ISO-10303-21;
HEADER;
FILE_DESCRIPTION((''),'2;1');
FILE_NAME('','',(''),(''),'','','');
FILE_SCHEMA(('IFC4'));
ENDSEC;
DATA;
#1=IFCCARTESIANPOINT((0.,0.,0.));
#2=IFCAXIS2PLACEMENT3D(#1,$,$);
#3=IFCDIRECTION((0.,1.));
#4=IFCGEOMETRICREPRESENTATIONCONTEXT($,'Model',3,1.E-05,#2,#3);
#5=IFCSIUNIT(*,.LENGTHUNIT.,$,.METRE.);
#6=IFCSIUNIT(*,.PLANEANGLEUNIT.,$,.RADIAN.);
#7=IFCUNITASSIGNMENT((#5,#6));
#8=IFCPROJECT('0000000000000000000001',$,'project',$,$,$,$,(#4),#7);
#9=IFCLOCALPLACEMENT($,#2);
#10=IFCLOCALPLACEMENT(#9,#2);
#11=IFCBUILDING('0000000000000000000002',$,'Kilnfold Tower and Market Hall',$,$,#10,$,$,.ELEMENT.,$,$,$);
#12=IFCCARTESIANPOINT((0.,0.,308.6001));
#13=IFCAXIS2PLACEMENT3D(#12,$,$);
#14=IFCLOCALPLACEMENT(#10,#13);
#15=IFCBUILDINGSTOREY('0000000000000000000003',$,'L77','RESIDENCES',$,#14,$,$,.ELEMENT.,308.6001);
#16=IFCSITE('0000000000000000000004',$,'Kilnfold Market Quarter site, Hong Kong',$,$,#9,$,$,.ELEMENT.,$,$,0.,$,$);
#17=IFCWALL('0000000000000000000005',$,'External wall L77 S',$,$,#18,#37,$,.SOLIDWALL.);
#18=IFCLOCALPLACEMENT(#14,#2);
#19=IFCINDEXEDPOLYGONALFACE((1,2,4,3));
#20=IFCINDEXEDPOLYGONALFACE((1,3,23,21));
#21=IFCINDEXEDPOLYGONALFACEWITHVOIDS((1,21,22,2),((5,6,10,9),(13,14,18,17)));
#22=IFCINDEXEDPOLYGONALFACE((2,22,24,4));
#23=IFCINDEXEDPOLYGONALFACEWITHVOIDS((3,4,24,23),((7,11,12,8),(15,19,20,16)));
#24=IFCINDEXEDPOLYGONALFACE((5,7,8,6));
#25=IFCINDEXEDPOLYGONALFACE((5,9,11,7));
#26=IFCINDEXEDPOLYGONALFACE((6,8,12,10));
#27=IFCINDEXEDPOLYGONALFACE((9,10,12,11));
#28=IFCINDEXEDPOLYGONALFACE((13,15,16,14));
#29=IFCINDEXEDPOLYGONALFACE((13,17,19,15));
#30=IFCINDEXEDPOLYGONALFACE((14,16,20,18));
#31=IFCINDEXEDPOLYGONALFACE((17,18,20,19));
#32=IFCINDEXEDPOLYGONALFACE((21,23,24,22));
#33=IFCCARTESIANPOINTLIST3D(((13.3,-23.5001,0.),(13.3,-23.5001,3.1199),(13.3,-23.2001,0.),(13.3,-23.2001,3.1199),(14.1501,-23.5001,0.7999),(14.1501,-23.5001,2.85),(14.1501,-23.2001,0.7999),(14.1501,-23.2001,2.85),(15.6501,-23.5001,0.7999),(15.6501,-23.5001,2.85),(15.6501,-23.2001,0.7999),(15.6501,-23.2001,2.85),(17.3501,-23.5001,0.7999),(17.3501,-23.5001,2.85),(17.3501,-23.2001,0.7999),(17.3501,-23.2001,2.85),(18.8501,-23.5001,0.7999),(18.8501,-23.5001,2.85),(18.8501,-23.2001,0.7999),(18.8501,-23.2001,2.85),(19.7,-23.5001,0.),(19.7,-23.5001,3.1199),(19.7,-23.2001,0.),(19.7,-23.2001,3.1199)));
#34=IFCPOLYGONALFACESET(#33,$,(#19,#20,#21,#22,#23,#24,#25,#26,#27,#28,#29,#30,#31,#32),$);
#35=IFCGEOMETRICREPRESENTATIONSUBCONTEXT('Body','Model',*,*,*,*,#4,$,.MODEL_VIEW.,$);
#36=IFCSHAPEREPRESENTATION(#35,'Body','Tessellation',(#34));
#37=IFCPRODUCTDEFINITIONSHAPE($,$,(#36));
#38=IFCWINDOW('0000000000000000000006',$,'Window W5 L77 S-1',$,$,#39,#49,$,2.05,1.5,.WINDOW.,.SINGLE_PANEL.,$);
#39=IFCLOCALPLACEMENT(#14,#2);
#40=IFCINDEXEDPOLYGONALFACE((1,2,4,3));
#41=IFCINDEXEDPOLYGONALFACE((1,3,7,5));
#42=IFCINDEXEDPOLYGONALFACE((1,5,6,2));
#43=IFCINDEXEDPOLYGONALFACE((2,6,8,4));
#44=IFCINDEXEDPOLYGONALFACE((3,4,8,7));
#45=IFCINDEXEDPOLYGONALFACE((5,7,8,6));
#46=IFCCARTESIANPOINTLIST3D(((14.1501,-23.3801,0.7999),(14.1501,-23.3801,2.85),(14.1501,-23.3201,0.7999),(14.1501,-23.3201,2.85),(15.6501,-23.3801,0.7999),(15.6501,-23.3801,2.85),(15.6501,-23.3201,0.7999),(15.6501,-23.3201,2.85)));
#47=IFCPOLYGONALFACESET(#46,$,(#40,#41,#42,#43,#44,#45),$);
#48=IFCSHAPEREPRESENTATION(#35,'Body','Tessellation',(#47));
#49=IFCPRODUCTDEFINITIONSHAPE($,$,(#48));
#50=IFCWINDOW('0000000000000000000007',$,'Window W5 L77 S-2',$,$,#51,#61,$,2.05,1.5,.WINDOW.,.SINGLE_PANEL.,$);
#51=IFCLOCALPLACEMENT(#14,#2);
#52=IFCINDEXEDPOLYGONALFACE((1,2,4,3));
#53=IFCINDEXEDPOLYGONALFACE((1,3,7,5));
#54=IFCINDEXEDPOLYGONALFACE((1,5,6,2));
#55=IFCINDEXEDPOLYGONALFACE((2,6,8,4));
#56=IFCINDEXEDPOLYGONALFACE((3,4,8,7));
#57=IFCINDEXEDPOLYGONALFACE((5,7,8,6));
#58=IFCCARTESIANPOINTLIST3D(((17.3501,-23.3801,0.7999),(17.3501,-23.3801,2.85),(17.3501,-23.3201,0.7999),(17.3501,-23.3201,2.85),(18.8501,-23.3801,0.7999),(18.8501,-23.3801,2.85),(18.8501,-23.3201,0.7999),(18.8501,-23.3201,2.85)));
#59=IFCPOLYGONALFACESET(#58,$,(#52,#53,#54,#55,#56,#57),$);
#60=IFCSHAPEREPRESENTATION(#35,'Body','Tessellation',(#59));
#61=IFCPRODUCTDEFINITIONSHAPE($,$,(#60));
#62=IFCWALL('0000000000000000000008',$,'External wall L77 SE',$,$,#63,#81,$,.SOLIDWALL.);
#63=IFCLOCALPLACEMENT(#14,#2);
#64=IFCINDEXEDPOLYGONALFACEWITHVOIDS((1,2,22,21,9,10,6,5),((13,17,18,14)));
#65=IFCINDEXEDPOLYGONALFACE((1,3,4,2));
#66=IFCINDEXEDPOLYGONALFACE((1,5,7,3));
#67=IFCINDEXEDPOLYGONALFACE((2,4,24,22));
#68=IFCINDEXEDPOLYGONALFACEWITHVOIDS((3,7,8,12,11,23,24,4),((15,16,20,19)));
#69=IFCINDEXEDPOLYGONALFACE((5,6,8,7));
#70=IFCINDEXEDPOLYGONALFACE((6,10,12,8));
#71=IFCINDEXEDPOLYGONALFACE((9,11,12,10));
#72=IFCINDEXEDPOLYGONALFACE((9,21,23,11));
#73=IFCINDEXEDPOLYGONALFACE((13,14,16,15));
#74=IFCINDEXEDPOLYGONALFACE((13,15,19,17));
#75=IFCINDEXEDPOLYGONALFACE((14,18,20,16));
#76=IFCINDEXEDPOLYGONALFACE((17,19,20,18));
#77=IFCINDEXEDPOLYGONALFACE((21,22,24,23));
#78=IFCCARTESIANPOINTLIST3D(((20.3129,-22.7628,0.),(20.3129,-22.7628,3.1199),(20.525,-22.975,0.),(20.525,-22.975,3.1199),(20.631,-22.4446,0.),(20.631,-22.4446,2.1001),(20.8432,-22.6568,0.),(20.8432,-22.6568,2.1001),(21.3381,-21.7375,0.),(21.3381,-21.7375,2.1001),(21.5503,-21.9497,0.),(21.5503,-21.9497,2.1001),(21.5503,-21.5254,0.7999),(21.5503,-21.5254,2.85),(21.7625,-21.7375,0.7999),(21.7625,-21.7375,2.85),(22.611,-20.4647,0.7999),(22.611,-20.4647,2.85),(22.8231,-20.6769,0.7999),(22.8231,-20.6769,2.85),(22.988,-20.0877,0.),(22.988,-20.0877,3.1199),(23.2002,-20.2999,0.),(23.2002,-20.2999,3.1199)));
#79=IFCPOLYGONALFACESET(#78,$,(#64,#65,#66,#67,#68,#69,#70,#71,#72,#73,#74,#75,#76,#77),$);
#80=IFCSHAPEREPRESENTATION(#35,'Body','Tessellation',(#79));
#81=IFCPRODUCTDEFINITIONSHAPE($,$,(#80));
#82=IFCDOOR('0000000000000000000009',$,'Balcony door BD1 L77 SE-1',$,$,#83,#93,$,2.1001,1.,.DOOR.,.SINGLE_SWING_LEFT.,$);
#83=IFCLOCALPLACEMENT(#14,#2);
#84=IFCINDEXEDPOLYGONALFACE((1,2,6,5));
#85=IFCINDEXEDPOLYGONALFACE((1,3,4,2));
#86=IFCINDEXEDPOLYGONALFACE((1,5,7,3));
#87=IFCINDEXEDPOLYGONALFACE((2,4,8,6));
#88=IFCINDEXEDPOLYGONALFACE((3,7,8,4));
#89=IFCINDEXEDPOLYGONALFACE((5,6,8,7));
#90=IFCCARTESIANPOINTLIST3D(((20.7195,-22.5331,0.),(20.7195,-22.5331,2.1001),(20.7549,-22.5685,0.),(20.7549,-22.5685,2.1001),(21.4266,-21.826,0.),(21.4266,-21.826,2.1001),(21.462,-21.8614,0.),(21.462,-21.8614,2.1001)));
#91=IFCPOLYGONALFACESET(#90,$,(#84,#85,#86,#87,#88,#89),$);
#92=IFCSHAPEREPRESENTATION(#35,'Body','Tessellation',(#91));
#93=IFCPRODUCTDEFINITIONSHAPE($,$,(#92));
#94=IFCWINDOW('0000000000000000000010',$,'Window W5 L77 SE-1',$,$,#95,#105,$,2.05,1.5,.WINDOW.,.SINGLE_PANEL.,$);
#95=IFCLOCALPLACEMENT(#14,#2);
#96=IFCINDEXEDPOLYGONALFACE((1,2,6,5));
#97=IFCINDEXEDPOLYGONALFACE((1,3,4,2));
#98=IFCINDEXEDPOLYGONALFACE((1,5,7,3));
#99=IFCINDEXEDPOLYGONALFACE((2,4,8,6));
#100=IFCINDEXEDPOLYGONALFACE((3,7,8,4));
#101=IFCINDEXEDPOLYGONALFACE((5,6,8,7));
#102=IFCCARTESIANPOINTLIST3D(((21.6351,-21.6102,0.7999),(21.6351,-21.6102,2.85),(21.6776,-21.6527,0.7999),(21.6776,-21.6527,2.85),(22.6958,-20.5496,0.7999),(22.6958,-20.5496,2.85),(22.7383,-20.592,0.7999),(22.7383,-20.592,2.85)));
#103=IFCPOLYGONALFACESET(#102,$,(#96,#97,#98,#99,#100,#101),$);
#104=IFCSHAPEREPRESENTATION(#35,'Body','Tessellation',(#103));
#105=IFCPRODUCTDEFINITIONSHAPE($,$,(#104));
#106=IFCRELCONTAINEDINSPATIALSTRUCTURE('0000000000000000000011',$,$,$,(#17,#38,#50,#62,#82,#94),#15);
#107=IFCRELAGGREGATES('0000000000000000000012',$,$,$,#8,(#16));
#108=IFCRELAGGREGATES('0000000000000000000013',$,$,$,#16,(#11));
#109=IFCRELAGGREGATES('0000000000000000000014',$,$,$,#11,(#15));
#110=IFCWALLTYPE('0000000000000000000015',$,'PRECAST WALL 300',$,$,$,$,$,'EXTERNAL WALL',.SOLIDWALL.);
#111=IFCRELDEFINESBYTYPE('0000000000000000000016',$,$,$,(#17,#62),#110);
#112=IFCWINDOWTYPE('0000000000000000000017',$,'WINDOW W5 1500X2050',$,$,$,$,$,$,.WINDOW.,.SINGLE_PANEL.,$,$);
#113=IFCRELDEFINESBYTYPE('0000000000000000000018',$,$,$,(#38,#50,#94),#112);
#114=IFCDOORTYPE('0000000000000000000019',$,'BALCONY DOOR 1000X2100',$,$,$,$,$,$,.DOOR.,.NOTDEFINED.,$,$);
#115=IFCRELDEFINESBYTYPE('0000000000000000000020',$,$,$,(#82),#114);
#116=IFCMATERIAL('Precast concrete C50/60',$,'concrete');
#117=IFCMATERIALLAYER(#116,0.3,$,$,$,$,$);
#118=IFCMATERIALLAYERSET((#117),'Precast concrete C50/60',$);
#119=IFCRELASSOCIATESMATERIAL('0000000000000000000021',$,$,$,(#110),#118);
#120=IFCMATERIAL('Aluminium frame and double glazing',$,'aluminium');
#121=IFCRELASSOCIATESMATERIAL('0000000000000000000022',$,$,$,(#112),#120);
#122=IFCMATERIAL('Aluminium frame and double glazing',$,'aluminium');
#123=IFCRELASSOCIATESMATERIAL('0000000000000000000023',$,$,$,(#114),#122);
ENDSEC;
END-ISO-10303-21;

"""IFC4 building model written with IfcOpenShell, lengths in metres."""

from ifc_helpers import new_model, si_unit, direction, frame, frame_2d, origin, place, context, subcontext, project, spatial, rectangle, extrude, source, transform, mapped, material, layer, layer_set, type_object, element, fill, save


model = new_model("IFC4")

# Units and contexts
model_context = context("Model", 3, precision=1e-05, world=origin(), true_north=direction((0.0, 1.0)))
body_context = subcontext(model_context, "Body", "Model", "MODEL_VIEW")
ifc_project = project(units=[si_unit("LENGTHUNIT", "METRE"), si_unit("PLANEANGLEUNIT", "RADIAN")], contexts=[model_context])

# Site, building, storey
site_placement = place(None, origin())
site = spatial("IfcSite", under=ifc_project, at=site_placement, Name="Kilnfold Market Quarter site, Hong Kong", CompositionType="ELEMENT", RefElevation=0.0)
building_placement = place(site_placement, origin())
building = spatial("IfcBuilding", under=site, at=building_placement, Name="Kilnfold Tower and Market Hall", CompositionType="ELEMENT")
storey_placement = place(building_placement, frame((0.0, 0.0, 308.6001)))
storey = spatial("IfcBuildingStorey", under=building, at=storey_placement, Name="L77", Description="RESIDENCES", CompositionType="ELEMENT", Elevation=308.6001)

# Wall, openings, windows
ifc_material_1 = material(Name="Precast concrete C50/60", Category="concrete")
ifc_layer_1 = layer(ifc_material_1, 0.3)
ifc_layer_set_1 = layer_set([ifc_layer_1], Name="Precast concrete C50/60")
wall_type_1 = type_object("IfcWallType", Name="PRECAST WALL 300", ElementType="EXTERNAL WALL", PredefinedType="SOLIDWALL", material=ifc_layer_set_1)
shared_shape_1 = source(origin(), body_context, "Body", "SweptSolid", [
    extrude(rectangle(XDim=6.3999, YDim=0.3, at=frame_2d((3.2, 0.0))), origin(), (0.0, 0.0, 1.0), 3.1199),
])
wall_1_placement = place(storey_placement, frame((13.3, -23.3501, 0.0), z_axis=(0.0, 0.0, 1.0), x_axis=(1.0, 0.0, 0.0)))
wall_1 = element("IfcWall", 1, at=wall_1_placement, inside=storey, type_object=wall_type_1, Name="External wall L77 S", PredefinedType="SOLIDWALL", context=body_context, shape_type="MappedRepresentation", body=[
    mapped(shared_shape_1, transform((0.0, 0.0, 0.0))),
])
opening_1_placement = place(wall_1_placement, frame((0.8501, 0.0, 0.8)))
opening_1 = element("IfcOpeningElement", 2, at=opening_1_placement, cuts=wall_1, PredefinedType="OPENING", context=body_context, shape_type="SweptSolid", body=[
    extrude(rectangle(XDim=1.5, YDim=2.05, at=frame_2d((0.75, 1.0249))), frame((0.0, 0.1602, 0.0), z_axis=(0.0, -1.0, 0.0), x_axis=(1.0, 0.0, 0.0)), (0.0, 0.0, 1.0), 0.3201),
])
opening_2_placement = place(wall_1_placement, frame((4.05, 0.0, 0.8)))
opening_2 = element("IfcOpeningElement", 3, at=opening_2_placement, cuts=wall_1, PredefinedType="OPENING", context=body_context, shape_type="SweptSolid", body=[
    extrude(rectangle(XDim=1.5, YDim=2.05, at=frame_2d((0.75, 1.0249))), frame((0.0, 0.1602, 0.0), z_axis=(0.0, -1.0, 0.0), x_axis=(1.0, 0.0, 0.0)), (0.0, 0.0, 1.0), 0.3201),
])
ifc_material_2 = material(Name="Aluminium frame and double glazing", Category="aluminium")
window_type = type_object("IfcWindowType", Name="WINDOW W5 1500X2050", PartitioningType="SINGLE_PANEL", PredefinedType="WINDOW", material=ifc_material_2)
window_1_placement = place(opening_1_placement, origin())
window_1 = element("IfcWindow", 4, at=window_1_placement, inside=storey, type_object=window_type, Name="Window W5 L77 S-1", OverallHeight=2.05, OverallWidth=1.5, PartitioningType="SINGLE_PANEL", PredefinedType="WINDOW", context=body_context, shape_type="SweptSolid", body=[
    extrude(rectangle(XDim=1.5, YDim=2.05, at=frame_2d((0.75, 1.0249))), frame((0.0, 0.03, 0.0), z_axis=(0.0, -1.0, 0.0), x_axis=(1.0, 0.0, 0.0)), (0.0, 0.0, 1.0), 0.0601),
])
fill(opening_1, window_1)
window_2_placement = place(opening_2_placement, origin())
window_2 = element("IfcWindow", 5, at=window_2_placement, inside=storey, type_object=window_type, Name="Window W5 L77 S-2", OverallHeight=2.05, OverallWidth=1.5, PartitioningType="SINGLE_PANEL", PredefinedType="WINDOW", context=body_context, shape_type="SweptSolid", body=[
    extrude(rectangle(XDim=1.5, YDim=2.05, at=frame_2d((0.75, 1.0249))), frame((0.0, 0.03, 0.0), z_axis=(0.0, -1.0, 0.0), x_axis=(1.0, 0.0, 0.0)), (0.0, 0.0, 1.0), 0.0601),
])
fill(opening_2, window_2)

# Wall, openings, door, window
shared_shape_2 = source(origin(), body_context, "Body", "SweptSolid", [
    extrude(rectangle(XDim=3.7832, YDim=0.3, at=frame_2d((1.8916, 0.0))), origin(), (0.0, 0.0, 1.0), 3.1199),
])
wall_2_placement = place(storey_placement, frame((20.4189, -22.8689, 0.0), z_axis=(0.0, 0.0, 1.0), x_axis=(0.707107, 0.707107, 0.0)))
wall_2 = element("IfcWall", 6, at=wall_2_placement, inside=storey, type_object=wall_type_1, Name="External wall L77 SE", PredefinedType="SOLIDWALL", context=body_context, shape_type="MappedRepresentation", body=[
    mapped(shared_shape_2, transform((0.0, 0.0, 0.0))),
])
opening_3_placement = place(wall_2_placement, frame((1.75, 0.0, 0.8)))
opening_3 = element("IfcOpeningElement", 7, at=opening_3_placement, cuts=wall_2, PredefinedType="OPENING", context=body_context, shape_type="SweptSolid", body=[
    extrude(rectangle(XDim=1.5, YDim=2.05, at=frame_2d((0.75, 1.0249))), frame((0.0, 0.1602, 0.0), z_axis=(0.0, -1.0, 0.0), x_axis=(1.0, 0.0, 0.0)), (0.0, 0.0, 1.0), 0.3201),
])
opening_4_placement = place(wall_2_placement, frame((0.45, 0.0, 0.0)))
opening_4 = element("IfcOpeningElement", 8, at=opening_4_placement, cuts=wall_2, PredefinedType="OPENING", context=body_context, shape_type="SweptSolid", body=[
    extrude(rectangle(XDim=1.0, YDim=2.1001, at=frame_2d((0.5, 1.05))), frame((0.0, 0.1602, 0.0), z_axis=(0.0, -1.0, 0.0), x_axis=(1.0, 0.0, 0.0)), (0.0, 0.0, 1.0), 0.3201),
])
ifc_material_3 = material(Name="Aluminium frame and double glazing", Category="aluminium")
door_type = type_object("IfcDoorType", Name="BALCONY DOOR 1000X2100", OperationType="NOTDEFINED", PredefinedType="DOOR", material=ifc_material_3)
door_1_placement = place(opening_4_placement, origin())
door_1 = element("IfcDoor", 9, at=door_1_placement, inside=storey, type_object=door_type, Name="Balcony door BD1 L77 SE-1", OperationType="SINGLE_SWING_LEFT", OverallHeight=2.1001, OverallWidth=1.0, PredefinedType="DOOR", context=body_context, shape_type="SweptSolid", body=[
    extrude(rectangle(XDim=1.0, YDim=2.1001, at=frame_2d((0.5, 1.05))), frame((0.0, 0.0249, 0.0), z_axis=(0.0, -1.0, 0.0), x_axis=(1.0, 0.0, 0.0)), (0.0, 0.0, 1.0), 0.05),
])
fill(opening_4, door_1)
window_3_placement = place(opening_3_placement, origin())
window_3 = element("IfcWindow", 10, at=window_3_placement, inside=storey, type_object=window_type, Name="Window W5 L77 SE-1", OverallHeight=2.05, OverallWidth=1.5, PartitioningType="SINGLE_PANEL", PredefinedType="WINDOW", context=body_context, shape_type="SweptSolid", body=[
    extrude(rectangle(XDim=1.5, YDim=2.05, at=frame_2d((0.75, 1.0249))), frame((0.0, 0.03, 0.0), z_axis=(0.0, -1.0, 0.0), x_axis=(1.0, 0.0, 0.0)), (0.0, 0.0, 1.0), 0.0601),
])
fill(opening_3, window_3)

save(model, "model.ifc")
